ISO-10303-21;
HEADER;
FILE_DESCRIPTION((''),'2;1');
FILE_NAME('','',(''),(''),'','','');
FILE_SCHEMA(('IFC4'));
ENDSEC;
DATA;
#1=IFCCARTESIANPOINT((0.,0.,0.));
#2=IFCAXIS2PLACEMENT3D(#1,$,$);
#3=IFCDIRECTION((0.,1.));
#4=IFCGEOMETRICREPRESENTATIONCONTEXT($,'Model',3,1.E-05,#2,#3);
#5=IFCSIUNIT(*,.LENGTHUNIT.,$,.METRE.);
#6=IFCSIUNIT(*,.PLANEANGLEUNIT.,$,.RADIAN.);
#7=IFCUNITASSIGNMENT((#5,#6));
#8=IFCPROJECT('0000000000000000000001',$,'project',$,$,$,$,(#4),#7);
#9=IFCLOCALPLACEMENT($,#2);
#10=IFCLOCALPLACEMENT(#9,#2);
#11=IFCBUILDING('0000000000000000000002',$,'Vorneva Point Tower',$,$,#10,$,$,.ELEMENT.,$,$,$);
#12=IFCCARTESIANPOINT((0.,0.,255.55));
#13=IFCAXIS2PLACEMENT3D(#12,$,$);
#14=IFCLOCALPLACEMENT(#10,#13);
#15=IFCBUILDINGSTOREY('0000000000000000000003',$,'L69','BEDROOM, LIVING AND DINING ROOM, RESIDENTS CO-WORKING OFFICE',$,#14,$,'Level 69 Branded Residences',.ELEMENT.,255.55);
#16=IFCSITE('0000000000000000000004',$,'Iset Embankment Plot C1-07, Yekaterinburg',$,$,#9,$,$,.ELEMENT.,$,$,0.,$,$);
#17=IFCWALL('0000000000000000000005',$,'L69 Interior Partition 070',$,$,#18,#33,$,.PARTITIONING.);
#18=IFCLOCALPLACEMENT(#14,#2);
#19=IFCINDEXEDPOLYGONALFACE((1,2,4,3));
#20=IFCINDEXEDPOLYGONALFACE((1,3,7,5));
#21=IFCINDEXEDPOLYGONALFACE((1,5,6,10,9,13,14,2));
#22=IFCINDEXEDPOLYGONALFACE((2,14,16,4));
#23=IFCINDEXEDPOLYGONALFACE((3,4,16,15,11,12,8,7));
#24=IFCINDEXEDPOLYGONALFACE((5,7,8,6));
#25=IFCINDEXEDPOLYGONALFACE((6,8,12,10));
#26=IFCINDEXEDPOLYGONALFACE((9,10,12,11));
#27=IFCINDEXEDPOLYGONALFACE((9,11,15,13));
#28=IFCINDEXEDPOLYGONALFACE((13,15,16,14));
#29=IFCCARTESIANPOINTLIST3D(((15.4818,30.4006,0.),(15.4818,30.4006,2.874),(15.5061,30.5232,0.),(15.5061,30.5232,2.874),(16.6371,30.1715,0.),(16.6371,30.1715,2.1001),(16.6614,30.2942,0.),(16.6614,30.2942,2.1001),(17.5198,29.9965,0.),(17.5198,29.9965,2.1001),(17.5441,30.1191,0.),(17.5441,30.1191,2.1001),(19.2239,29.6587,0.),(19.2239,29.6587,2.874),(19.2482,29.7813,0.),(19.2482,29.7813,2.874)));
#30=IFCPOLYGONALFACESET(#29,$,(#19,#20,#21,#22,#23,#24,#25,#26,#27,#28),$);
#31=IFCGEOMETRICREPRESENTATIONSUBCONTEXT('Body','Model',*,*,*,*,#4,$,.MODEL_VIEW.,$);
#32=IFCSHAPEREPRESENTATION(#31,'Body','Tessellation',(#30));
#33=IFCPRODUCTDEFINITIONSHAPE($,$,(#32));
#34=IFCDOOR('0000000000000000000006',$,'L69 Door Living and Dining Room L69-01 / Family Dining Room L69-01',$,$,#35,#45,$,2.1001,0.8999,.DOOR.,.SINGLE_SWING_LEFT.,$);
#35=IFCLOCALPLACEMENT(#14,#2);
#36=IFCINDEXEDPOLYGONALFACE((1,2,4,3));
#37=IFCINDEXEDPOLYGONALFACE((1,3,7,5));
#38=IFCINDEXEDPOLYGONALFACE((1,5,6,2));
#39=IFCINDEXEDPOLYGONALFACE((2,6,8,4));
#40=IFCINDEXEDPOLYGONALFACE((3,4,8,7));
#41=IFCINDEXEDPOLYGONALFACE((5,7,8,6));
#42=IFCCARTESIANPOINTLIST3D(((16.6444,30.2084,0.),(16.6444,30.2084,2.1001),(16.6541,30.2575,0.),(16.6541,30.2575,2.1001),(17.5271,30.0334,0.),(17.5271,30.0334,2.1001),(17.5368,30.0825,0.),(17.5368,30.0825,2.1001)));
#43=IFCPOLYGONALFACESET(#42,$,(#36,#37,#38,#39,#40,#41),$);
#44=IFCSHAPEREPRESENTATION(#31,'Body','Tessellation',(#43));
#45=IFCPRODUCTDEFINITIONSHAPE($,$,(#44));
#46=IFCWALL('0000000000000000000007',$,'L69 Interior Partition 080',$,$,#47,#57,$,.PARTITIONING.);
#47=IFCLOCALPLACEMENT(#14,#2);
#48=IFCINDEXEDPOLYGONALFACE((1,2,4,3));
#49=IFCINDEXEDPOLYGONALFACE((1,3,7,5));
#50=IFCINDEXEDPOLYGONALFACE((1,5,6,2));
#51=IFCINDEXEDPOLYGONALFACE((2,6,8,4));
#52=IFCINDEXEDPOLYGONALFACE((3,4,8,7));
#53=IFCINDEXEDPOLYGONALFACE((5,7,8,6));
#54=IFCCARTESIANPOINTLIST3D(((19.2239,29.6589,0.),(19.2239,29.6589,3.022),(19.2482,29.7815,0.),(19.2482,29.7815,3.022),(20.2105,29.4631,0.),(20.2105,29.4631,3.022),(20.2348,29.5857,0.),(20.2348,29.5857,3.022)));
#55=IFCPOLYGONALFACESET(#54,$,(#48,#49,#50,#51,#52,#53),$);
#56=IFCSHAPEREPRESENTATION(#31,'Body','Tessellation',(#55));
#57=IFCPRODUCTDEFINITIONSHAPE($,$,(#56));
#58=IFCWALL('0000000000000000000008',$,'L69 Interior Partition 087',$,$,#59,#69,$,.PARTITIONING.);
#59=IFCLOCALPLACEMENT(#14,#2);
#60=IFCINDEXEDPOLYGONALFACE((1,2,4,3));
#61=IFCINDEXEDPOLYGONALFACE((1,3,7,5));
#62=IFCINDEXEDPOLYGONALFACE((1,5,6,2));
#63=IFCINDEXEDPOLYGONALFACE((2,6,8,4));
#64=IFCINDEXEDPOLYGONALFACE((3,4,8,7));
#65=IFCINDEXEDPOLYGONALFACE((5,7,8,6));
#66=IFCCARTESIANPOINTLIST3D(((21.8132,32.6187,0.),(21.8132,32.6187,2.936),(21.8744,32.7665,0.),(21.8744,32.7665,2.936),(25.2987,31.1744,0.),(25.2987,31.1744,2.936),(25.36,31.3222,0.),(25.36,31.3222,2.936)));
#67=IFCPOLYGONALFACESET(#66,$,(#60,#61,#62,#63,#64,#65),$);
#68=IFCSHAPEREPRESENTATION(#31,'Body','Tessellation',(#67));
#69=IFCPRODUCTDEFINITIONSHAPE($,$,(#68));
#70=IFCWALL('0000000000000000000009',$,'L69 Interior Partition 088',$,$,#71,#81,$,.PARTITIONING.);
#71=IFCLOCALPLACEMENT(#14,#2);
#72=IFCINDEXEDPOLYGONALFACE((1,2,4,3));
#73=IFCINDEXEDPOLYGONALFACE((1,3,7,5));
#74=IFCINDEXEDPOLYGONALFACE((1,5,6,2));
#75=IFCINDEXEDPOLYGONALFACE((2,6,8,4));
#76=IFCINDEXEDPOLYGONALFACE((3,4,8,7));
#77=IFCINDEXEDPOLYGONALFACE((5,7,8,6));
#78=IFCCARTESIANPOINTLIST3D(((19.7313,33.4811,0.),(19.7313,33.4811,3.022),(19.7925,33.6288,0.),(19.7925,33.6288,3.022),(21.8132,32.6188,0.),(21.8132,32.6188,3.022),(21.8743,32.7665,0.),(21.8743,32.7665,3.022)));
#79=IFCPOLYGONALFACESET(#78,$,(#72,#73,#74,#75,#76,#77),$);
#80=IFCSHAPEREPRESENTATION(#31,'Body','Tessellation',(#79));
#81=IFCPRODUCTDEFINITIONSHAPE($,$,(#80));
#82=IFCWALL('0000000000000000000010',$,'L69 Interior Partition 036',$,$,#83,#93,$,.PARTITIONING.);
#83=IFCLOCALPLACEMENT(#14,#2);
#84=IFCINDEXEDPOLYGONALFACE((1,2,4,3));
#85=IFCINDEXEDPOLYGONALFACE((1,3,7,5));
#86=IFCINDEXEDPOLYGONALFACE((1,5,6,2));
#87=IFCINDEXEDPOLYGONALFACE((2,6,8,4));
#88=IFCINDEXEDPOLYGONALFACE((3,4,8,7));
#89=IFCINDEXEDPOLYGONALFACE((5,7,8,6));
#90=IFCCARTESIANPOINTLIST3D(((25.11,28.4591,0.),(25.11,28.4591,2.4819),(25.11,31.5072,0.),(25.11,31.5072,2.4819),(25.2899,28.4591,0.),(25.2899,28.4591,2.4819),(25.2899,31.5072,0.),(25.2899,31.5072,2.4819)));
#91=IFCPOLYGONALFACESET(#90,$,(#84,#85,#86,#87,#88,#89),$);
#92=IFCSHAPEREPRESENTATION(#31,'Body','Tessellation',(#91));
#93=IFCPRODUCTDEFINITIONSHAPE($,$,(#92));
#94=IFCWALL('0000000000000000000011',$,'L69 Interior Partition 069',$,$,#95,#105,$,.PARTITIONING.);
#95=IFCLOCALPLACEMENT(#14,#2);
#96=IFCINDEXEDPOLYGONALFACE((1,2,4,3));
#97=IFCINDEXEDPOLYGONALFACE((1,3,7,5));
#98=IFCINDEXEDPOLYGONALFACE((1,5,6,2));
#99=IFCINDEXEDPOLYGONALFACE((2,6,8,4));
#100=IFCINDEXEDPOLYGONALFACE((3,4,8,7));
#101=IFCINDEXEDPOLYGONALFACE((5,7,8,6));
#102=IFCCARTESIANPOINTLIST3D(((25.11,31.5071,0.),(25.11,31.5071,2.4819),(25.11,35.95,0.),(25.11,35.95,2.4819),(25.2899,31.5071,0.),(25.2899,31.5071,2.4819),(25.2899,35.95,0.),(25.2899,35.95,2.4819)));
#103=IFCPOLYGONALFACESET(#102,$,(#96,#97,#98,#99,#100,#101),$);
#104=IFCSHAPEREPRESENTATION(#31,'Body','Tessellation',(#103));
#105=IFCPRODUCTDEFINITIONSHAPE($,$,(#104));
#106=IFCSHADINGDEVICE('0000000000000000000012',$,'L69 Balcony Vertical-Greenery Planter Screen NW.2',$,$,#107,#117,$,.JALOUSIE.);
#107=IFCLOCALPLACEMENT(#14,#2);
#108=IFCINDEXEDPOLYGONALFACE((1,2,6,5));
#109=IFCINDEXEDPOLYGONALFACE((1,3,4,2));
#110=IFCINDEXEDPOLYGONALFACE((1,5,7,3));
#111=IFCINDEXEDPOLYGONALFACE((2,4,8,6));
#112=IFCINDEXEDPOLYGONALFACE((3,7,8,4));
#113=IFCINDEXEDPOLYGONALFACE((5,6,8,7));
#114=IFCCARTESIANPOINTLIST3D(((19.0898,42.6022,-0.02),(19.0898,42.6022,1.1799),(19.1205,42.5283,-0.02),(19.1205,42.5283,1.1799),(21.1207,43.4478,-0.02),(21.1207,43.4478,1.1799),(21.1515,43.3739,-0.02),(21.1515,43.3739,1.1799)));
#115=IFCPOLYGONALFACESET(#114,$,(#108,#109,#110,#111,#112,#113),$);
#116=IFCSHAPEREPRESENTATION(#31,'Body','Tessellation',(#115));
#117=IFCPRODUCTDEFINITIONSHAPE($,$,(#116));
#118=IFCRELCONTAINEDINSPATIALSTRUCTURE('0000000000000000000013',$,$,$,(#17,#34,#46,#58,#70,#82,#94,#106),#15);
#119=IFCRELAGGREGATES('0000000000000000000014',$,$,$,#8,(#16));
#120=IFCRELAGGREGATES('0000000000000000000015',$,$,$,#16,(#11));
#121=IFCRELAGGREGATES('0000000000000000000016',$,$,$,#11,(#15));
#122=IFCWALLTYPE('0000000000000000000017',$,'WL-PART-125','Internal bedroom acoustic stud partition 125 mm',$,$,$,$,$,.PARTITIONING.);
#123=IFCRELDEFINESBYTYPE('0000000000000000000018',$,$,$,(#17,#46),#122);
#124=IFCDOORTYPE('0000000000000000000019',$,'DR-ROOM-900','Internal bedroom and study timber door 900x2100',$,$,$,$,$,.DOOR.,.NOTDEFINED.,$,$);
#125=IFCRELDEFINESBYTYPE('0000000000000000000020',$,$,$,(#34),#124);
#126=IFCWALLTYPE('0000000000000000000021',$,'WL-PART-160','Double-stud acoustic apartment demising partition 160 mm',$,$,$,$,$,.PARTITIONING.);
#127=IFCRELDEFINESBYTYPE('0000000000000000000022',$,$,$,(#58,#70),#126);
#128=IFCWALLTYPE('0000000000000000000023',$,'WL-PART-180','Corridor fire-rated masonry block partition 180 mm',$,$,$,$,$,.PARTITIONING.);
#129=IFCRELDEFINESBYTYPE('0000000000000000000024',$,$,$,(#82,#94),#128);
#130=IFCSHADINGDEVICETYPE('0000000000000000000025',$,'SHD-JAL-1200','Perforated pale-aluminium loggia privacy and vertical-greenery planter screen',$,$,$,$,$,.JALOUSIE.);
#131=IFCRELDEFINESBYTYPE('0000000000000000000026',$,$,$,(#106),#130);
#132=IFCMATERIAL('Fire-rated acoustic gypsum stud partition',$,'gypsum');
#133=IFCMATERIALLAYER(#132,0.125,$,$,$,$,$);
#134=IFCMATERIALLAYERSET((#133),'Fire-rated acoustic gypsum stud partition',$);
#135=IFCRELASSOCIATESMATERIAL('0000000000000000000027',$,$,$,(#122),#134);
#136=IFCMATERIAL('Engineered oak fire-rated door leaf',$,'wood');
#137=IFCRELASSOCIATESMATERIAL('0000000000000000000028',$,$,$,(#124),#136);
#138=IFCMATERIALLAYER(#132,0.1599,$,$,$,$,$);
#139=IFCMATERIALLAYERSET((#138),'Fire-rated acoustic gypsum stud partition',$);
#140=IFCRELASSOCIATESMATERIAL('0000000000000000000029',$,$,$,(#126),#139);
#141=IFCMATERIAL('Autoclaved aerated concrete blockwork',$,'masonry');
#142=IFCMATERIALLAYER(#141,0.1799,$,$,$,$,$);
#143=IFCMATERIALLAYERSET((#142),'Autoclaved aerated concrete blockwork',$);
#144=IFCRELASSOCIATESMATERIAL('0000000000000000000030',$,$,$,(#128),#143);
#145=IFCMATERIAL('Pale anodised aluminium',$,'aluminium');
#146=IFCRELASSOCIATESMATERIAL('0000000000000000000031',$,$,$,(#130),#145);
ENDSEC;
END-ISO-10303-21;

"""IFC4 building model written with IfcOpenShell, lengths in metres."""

from ifc_helpers import new_model, si_unit, direction, frame, frame_2d, origin, origin_2d, place, context, subcontext, project, spatial, rectangle, extrude, material, layer, layer_set, type_object, element, fill, save


model = new_model("IFC4")

# Units and contexts
model_context = context("Model", 3, precision=1e-05, world=origin(), true_north=direction((0.0, 1.0)))
body_context = subcontext(model_context, "Body", "Model", "MODEL_VIEW")
ifc_project = project(units=[si_unit("LENGTHUNIT", "METRE"), si_unit("PLANEANGLEUNIT", "RADIAN")], contexts=[model_context])

# Site, building, storey
site_placement = place(None, origin())
site = spatial("IfcSite", under=ifc_project, at=site_placement, Name="Iset Embankment Plot C1-07, Yekaterinburg", CompositionType="ELEMENT", RefElevation=0.0)
building_placement = place(site_placement, origin())
building = spatial("IfcBuilding", under=site, at=building_placement, Name="Vorneva Point Tower", CompositionType="ELEMENT")
storey_placement = place(building_placement, frame((0.0, 0.0, 255.55)))
storey = spatial("IfcBuildingStorey", under=building, at=storey_placement, Name="L69", Description="BEDROOM, LIVING AND DINING ROOM, RESIDENTS CO-WORKING OFFICE", LongName="Level 69 Branded Residences", CompositionType="ELEMENT", Elevation=255.55)

# Shared definitions
ifc_material_1 = material(Name="Pale anodised aluminium", Category="aluminium")

# Shared definitions
ifc_material_2 = material(Name="Fire-rated acoustic gypsum stud partition", Category="gypsum")
ifc_material_3 = material(Name="Engineered oak fire-rated door leaf", Category="wood")

# Wall, opening, door
ifc_layer_1 = layer(ifc_material_2, 0.125)
ifc_layer_set_1 = layer_set([ifc_layer_1], Name="Fire-rated acoustic gypsum stud partition")
wall_type_1 = type_object("IfcWallType", Name="WL-PART-125", Description="Internal bedroom acoustic stud partition 125 mm", PredefinedType="PARTITIONING", material=ifc_layer_set_1)
wall_1_placement = place(storey_placement, frame((19.2361, 29.72, 0.0), z_axis=(0.0, 0.0, 1.0), x_axis=(-0.980907, 0.194479, 0.0)))
wall_1 = element("IfcWall", 1, at=wall_1_placement, inside=storey, type_object=wall_type_1, Name="L69 Interior Partition 070", PredefinedType="PARTITIONING", context=body_context, shape_type="SweptSolid", body=[
    extrude(rectangle(XDim=3.8149, YDim=0.125, at=frame_2d((1.9075, 0.0))), origin(), (0.0, 0.0, 1.0), 2.874),
])
opening_1_placement = place(wall_1_placement, frame((1.7373, 0.0, 0.0)))
opening_1 = element("IfcOpeningElement", 2, at=opening_1_placement, cuts=wall_1, PredefinedType="OPENING", context=body_context, shape_type="SweptSolid", body=[
    extrude(rectangle(XDim=0.8999, YDim=2.1001, at=frame_2d((0.45, 1.05))), frame((0.0, 0.0774, 0.0), z_axis=(0.0, -1.0, 0.0), x_axis=(1.0, 0.0, 0.0)), (0.0, 0.0, 1.0), 0.1548),
])
door_type_1 = type_object("IfcDoorType", Name="DR-ROOM-900", Description="Internal bedroom and study timber door 900x2100", OperationType="NOTDEFINED", PredefinedType="DOOR", material=ifc_material_3)
door_1_placement = place(opening_1_placement, origin())
door_1 = element("IfcDoor", 3, at=door_1_placement, inside=storey, type_object=door_type_1, Name="L69 Door Living and Dining Room L69-01 / Family Dining Room L69-01", OperationType="SINGLE_SWING_LEFT", OverallHeight=2.1001, OverallWidth=0.8999, PredefinedType="DOOR", context=body_context, shape_type="SweptSolid", body=[
    extrude(rectangle(XDim=0.8999, YDim=2.1001, at=frame_2d((0.45, 1.05))), frame((0.0, 0.0249, 0.0), z_axis=(0.0, -1.0, 0.0), x_axis=(1.0, 0.0, 0.0)), (0.0, 0.0, 1.0), 0.05),
])
fill(opening_1, door_1)

# Walls
wall_2_placement = place(storey_placement, frame((20.2227, 29.5244, 0.0), z_axis=(0.0, 0.0, 1.0), x_axis=(-0.980869, 0.194669, 0.0)))
element("IfcWall", 4, at=wall_2_placement, inside=storey, type_object=wall_type_1, Name="L69 Interior Partition 080", PredefinedType="PARTITIONING", context=body_context, shape_type="SweptSolid", body=[
    extrude(rectangle(XDim=1.0059, YDim=0.125, at=frame_2d((0.5029, 0.0))), origin(), (0.0, 0.0, 1.0), 3.022),
])
ifc_layer_2 = layer(ifc_material_2, 0.1599)
ifc_layer_set_2 = layer_set([ifc_layer_2], Name="Fire-rated acoustic gypsum stud partition")
wall_type_2 = type_object("IfcWallType", Name="WL-PART-160", Description="Double-stud acoustic apartment demising partition 160 mm", PredefinedType="PARTITIONING", material=ifc_layer_set_2)
wall_3_placement = place(storey_placement, frame((25.3293, 31.2483, 0.0), z_axis=(0.0, 0.0, 1.0), x_axis=(-0.923828, 0.382809, 0.0)))
element("IfcWall", 5, at=wall_3_placement, inside=storey, type_object=wall_type_2, Name="L69 Interior Partition 087", PredefinedType="PARTITIONING", context=body_context, shape_type="SweptSolid", body=[
    extrude(rectangle(XDim=3.7729, YDim=0.1599, at=frame_2d((1.8865, 0.0))), origin(), (0.0, 0.0, 1.0), 2.936),
])
wall_4_placement = place(storey_placement, frame((21.8438, 32.6926, 0.0), z_axis=(0.0, 0.0, 1.0), x_axis=(-0.923879, 0.382684, 0.0)))
element("IfcWall", 6, at=wall_4_placement, inside=storey, type_object=wall_type_2, Name="L69 Interior Partition 088", PredefinedType="PARTITIONING", context=body_context, shape_type="SweptSolid", body=[
    extrude(rectangle(XDim=2.2534, YDim=0.1599, at=frame_2d((1.1267, 0.0))), origin(), (0.0, 0.0, 1.0), 3.022),
])

# Shared definitions
ifc_material_4 = material(Name="Autoclaved aerated concrete blockwork", Category="masonry")
ifc_layer_3 = layer(ifc_material_4, 0.1799)
ifc_layer_set_3 = layer_set([ifc_layer_3], Name="Autoclaved aerated concrete blockwork")
wall_type_3 = type_object("IfcWallType", Name="WL-PART-180", Description="Corridor fire-rated masonry block partition 180 mm", PredefinedType="PARTITIONING", material=ifc_layer_set_3)

# Walls
wall_5_placement = place(storey_placement, frame((25.2, 31.5071, 0.0), z_axis=(0.0, 0.0, 1.0), x_axis=(0.0, -1.0, 0.0)))
element("IfcWall", 7, at=wall_5_placement, inside=storey, type_object=wall_type_3, Name="L69 Interior Partition 036", PredefinedType="PARTITIONING", context=body_context, shape_type="SweptSolid", body=[
    extrude(rectangle(XDim=3.0481, YDim=0.1799, at=frame_2d((1.5239, 0.0))), origin(), (0.0, 0.0, 1.0), 2.4819),
])
wall_6_placement = place(storey_placement, frame((25.2, 35.95, 0.0), z_axis=(0.0, 0.0, 1.0), x_axis=(0.0, -1.0, 0.0)))
element("IfcWall", 8, at=wall_6_placement, inside=storey, type_object=wall_type_3, Name="L69 Interior Partition 069", PredefinedType="PARTITIONING", context=body_context, shape_type="SweptSolid", body=[
    extrude(rectangle(XDim=4.4429, YDim=0.1799, at=frame_2d((2.2214, 0.0))), origin(), (0.0, 0.0, 1.0), 2.4819),
])

# Shading device
shading_device_type = type_object("IfcShadingDeviceType", Name="SHD-JAL-1200", Description="Perforated pale-aluminium loggia privacy and vertical-greenery planter screen", PredefinedType="JALOUSIE", material=ifc_material_1)
shading_device_placement = place(storey_placement, frame((20.1206, 42.988, -0.02), z_axis=(0.0, 0.0, 1.0), x_axis=(-0.92317, -0.384392, 0.0)))
element("IfcShadingDevice", 9, at=shading_device_placement, inside=storey, type_object=shading_device_type, Name="L69 Balcony Vertical-Greenery Planter Screen NW.2", PredefinedType="JALOUSIE", context=body_context, shape_type="SweptSolid", body=[
    extrude(rectangle(XDim=2.2, YDim=0.0801, at=origin_2d()), origin(), (0.0, 0.0, 1.0), 1.2),
])

save(model, "model.ifc")
